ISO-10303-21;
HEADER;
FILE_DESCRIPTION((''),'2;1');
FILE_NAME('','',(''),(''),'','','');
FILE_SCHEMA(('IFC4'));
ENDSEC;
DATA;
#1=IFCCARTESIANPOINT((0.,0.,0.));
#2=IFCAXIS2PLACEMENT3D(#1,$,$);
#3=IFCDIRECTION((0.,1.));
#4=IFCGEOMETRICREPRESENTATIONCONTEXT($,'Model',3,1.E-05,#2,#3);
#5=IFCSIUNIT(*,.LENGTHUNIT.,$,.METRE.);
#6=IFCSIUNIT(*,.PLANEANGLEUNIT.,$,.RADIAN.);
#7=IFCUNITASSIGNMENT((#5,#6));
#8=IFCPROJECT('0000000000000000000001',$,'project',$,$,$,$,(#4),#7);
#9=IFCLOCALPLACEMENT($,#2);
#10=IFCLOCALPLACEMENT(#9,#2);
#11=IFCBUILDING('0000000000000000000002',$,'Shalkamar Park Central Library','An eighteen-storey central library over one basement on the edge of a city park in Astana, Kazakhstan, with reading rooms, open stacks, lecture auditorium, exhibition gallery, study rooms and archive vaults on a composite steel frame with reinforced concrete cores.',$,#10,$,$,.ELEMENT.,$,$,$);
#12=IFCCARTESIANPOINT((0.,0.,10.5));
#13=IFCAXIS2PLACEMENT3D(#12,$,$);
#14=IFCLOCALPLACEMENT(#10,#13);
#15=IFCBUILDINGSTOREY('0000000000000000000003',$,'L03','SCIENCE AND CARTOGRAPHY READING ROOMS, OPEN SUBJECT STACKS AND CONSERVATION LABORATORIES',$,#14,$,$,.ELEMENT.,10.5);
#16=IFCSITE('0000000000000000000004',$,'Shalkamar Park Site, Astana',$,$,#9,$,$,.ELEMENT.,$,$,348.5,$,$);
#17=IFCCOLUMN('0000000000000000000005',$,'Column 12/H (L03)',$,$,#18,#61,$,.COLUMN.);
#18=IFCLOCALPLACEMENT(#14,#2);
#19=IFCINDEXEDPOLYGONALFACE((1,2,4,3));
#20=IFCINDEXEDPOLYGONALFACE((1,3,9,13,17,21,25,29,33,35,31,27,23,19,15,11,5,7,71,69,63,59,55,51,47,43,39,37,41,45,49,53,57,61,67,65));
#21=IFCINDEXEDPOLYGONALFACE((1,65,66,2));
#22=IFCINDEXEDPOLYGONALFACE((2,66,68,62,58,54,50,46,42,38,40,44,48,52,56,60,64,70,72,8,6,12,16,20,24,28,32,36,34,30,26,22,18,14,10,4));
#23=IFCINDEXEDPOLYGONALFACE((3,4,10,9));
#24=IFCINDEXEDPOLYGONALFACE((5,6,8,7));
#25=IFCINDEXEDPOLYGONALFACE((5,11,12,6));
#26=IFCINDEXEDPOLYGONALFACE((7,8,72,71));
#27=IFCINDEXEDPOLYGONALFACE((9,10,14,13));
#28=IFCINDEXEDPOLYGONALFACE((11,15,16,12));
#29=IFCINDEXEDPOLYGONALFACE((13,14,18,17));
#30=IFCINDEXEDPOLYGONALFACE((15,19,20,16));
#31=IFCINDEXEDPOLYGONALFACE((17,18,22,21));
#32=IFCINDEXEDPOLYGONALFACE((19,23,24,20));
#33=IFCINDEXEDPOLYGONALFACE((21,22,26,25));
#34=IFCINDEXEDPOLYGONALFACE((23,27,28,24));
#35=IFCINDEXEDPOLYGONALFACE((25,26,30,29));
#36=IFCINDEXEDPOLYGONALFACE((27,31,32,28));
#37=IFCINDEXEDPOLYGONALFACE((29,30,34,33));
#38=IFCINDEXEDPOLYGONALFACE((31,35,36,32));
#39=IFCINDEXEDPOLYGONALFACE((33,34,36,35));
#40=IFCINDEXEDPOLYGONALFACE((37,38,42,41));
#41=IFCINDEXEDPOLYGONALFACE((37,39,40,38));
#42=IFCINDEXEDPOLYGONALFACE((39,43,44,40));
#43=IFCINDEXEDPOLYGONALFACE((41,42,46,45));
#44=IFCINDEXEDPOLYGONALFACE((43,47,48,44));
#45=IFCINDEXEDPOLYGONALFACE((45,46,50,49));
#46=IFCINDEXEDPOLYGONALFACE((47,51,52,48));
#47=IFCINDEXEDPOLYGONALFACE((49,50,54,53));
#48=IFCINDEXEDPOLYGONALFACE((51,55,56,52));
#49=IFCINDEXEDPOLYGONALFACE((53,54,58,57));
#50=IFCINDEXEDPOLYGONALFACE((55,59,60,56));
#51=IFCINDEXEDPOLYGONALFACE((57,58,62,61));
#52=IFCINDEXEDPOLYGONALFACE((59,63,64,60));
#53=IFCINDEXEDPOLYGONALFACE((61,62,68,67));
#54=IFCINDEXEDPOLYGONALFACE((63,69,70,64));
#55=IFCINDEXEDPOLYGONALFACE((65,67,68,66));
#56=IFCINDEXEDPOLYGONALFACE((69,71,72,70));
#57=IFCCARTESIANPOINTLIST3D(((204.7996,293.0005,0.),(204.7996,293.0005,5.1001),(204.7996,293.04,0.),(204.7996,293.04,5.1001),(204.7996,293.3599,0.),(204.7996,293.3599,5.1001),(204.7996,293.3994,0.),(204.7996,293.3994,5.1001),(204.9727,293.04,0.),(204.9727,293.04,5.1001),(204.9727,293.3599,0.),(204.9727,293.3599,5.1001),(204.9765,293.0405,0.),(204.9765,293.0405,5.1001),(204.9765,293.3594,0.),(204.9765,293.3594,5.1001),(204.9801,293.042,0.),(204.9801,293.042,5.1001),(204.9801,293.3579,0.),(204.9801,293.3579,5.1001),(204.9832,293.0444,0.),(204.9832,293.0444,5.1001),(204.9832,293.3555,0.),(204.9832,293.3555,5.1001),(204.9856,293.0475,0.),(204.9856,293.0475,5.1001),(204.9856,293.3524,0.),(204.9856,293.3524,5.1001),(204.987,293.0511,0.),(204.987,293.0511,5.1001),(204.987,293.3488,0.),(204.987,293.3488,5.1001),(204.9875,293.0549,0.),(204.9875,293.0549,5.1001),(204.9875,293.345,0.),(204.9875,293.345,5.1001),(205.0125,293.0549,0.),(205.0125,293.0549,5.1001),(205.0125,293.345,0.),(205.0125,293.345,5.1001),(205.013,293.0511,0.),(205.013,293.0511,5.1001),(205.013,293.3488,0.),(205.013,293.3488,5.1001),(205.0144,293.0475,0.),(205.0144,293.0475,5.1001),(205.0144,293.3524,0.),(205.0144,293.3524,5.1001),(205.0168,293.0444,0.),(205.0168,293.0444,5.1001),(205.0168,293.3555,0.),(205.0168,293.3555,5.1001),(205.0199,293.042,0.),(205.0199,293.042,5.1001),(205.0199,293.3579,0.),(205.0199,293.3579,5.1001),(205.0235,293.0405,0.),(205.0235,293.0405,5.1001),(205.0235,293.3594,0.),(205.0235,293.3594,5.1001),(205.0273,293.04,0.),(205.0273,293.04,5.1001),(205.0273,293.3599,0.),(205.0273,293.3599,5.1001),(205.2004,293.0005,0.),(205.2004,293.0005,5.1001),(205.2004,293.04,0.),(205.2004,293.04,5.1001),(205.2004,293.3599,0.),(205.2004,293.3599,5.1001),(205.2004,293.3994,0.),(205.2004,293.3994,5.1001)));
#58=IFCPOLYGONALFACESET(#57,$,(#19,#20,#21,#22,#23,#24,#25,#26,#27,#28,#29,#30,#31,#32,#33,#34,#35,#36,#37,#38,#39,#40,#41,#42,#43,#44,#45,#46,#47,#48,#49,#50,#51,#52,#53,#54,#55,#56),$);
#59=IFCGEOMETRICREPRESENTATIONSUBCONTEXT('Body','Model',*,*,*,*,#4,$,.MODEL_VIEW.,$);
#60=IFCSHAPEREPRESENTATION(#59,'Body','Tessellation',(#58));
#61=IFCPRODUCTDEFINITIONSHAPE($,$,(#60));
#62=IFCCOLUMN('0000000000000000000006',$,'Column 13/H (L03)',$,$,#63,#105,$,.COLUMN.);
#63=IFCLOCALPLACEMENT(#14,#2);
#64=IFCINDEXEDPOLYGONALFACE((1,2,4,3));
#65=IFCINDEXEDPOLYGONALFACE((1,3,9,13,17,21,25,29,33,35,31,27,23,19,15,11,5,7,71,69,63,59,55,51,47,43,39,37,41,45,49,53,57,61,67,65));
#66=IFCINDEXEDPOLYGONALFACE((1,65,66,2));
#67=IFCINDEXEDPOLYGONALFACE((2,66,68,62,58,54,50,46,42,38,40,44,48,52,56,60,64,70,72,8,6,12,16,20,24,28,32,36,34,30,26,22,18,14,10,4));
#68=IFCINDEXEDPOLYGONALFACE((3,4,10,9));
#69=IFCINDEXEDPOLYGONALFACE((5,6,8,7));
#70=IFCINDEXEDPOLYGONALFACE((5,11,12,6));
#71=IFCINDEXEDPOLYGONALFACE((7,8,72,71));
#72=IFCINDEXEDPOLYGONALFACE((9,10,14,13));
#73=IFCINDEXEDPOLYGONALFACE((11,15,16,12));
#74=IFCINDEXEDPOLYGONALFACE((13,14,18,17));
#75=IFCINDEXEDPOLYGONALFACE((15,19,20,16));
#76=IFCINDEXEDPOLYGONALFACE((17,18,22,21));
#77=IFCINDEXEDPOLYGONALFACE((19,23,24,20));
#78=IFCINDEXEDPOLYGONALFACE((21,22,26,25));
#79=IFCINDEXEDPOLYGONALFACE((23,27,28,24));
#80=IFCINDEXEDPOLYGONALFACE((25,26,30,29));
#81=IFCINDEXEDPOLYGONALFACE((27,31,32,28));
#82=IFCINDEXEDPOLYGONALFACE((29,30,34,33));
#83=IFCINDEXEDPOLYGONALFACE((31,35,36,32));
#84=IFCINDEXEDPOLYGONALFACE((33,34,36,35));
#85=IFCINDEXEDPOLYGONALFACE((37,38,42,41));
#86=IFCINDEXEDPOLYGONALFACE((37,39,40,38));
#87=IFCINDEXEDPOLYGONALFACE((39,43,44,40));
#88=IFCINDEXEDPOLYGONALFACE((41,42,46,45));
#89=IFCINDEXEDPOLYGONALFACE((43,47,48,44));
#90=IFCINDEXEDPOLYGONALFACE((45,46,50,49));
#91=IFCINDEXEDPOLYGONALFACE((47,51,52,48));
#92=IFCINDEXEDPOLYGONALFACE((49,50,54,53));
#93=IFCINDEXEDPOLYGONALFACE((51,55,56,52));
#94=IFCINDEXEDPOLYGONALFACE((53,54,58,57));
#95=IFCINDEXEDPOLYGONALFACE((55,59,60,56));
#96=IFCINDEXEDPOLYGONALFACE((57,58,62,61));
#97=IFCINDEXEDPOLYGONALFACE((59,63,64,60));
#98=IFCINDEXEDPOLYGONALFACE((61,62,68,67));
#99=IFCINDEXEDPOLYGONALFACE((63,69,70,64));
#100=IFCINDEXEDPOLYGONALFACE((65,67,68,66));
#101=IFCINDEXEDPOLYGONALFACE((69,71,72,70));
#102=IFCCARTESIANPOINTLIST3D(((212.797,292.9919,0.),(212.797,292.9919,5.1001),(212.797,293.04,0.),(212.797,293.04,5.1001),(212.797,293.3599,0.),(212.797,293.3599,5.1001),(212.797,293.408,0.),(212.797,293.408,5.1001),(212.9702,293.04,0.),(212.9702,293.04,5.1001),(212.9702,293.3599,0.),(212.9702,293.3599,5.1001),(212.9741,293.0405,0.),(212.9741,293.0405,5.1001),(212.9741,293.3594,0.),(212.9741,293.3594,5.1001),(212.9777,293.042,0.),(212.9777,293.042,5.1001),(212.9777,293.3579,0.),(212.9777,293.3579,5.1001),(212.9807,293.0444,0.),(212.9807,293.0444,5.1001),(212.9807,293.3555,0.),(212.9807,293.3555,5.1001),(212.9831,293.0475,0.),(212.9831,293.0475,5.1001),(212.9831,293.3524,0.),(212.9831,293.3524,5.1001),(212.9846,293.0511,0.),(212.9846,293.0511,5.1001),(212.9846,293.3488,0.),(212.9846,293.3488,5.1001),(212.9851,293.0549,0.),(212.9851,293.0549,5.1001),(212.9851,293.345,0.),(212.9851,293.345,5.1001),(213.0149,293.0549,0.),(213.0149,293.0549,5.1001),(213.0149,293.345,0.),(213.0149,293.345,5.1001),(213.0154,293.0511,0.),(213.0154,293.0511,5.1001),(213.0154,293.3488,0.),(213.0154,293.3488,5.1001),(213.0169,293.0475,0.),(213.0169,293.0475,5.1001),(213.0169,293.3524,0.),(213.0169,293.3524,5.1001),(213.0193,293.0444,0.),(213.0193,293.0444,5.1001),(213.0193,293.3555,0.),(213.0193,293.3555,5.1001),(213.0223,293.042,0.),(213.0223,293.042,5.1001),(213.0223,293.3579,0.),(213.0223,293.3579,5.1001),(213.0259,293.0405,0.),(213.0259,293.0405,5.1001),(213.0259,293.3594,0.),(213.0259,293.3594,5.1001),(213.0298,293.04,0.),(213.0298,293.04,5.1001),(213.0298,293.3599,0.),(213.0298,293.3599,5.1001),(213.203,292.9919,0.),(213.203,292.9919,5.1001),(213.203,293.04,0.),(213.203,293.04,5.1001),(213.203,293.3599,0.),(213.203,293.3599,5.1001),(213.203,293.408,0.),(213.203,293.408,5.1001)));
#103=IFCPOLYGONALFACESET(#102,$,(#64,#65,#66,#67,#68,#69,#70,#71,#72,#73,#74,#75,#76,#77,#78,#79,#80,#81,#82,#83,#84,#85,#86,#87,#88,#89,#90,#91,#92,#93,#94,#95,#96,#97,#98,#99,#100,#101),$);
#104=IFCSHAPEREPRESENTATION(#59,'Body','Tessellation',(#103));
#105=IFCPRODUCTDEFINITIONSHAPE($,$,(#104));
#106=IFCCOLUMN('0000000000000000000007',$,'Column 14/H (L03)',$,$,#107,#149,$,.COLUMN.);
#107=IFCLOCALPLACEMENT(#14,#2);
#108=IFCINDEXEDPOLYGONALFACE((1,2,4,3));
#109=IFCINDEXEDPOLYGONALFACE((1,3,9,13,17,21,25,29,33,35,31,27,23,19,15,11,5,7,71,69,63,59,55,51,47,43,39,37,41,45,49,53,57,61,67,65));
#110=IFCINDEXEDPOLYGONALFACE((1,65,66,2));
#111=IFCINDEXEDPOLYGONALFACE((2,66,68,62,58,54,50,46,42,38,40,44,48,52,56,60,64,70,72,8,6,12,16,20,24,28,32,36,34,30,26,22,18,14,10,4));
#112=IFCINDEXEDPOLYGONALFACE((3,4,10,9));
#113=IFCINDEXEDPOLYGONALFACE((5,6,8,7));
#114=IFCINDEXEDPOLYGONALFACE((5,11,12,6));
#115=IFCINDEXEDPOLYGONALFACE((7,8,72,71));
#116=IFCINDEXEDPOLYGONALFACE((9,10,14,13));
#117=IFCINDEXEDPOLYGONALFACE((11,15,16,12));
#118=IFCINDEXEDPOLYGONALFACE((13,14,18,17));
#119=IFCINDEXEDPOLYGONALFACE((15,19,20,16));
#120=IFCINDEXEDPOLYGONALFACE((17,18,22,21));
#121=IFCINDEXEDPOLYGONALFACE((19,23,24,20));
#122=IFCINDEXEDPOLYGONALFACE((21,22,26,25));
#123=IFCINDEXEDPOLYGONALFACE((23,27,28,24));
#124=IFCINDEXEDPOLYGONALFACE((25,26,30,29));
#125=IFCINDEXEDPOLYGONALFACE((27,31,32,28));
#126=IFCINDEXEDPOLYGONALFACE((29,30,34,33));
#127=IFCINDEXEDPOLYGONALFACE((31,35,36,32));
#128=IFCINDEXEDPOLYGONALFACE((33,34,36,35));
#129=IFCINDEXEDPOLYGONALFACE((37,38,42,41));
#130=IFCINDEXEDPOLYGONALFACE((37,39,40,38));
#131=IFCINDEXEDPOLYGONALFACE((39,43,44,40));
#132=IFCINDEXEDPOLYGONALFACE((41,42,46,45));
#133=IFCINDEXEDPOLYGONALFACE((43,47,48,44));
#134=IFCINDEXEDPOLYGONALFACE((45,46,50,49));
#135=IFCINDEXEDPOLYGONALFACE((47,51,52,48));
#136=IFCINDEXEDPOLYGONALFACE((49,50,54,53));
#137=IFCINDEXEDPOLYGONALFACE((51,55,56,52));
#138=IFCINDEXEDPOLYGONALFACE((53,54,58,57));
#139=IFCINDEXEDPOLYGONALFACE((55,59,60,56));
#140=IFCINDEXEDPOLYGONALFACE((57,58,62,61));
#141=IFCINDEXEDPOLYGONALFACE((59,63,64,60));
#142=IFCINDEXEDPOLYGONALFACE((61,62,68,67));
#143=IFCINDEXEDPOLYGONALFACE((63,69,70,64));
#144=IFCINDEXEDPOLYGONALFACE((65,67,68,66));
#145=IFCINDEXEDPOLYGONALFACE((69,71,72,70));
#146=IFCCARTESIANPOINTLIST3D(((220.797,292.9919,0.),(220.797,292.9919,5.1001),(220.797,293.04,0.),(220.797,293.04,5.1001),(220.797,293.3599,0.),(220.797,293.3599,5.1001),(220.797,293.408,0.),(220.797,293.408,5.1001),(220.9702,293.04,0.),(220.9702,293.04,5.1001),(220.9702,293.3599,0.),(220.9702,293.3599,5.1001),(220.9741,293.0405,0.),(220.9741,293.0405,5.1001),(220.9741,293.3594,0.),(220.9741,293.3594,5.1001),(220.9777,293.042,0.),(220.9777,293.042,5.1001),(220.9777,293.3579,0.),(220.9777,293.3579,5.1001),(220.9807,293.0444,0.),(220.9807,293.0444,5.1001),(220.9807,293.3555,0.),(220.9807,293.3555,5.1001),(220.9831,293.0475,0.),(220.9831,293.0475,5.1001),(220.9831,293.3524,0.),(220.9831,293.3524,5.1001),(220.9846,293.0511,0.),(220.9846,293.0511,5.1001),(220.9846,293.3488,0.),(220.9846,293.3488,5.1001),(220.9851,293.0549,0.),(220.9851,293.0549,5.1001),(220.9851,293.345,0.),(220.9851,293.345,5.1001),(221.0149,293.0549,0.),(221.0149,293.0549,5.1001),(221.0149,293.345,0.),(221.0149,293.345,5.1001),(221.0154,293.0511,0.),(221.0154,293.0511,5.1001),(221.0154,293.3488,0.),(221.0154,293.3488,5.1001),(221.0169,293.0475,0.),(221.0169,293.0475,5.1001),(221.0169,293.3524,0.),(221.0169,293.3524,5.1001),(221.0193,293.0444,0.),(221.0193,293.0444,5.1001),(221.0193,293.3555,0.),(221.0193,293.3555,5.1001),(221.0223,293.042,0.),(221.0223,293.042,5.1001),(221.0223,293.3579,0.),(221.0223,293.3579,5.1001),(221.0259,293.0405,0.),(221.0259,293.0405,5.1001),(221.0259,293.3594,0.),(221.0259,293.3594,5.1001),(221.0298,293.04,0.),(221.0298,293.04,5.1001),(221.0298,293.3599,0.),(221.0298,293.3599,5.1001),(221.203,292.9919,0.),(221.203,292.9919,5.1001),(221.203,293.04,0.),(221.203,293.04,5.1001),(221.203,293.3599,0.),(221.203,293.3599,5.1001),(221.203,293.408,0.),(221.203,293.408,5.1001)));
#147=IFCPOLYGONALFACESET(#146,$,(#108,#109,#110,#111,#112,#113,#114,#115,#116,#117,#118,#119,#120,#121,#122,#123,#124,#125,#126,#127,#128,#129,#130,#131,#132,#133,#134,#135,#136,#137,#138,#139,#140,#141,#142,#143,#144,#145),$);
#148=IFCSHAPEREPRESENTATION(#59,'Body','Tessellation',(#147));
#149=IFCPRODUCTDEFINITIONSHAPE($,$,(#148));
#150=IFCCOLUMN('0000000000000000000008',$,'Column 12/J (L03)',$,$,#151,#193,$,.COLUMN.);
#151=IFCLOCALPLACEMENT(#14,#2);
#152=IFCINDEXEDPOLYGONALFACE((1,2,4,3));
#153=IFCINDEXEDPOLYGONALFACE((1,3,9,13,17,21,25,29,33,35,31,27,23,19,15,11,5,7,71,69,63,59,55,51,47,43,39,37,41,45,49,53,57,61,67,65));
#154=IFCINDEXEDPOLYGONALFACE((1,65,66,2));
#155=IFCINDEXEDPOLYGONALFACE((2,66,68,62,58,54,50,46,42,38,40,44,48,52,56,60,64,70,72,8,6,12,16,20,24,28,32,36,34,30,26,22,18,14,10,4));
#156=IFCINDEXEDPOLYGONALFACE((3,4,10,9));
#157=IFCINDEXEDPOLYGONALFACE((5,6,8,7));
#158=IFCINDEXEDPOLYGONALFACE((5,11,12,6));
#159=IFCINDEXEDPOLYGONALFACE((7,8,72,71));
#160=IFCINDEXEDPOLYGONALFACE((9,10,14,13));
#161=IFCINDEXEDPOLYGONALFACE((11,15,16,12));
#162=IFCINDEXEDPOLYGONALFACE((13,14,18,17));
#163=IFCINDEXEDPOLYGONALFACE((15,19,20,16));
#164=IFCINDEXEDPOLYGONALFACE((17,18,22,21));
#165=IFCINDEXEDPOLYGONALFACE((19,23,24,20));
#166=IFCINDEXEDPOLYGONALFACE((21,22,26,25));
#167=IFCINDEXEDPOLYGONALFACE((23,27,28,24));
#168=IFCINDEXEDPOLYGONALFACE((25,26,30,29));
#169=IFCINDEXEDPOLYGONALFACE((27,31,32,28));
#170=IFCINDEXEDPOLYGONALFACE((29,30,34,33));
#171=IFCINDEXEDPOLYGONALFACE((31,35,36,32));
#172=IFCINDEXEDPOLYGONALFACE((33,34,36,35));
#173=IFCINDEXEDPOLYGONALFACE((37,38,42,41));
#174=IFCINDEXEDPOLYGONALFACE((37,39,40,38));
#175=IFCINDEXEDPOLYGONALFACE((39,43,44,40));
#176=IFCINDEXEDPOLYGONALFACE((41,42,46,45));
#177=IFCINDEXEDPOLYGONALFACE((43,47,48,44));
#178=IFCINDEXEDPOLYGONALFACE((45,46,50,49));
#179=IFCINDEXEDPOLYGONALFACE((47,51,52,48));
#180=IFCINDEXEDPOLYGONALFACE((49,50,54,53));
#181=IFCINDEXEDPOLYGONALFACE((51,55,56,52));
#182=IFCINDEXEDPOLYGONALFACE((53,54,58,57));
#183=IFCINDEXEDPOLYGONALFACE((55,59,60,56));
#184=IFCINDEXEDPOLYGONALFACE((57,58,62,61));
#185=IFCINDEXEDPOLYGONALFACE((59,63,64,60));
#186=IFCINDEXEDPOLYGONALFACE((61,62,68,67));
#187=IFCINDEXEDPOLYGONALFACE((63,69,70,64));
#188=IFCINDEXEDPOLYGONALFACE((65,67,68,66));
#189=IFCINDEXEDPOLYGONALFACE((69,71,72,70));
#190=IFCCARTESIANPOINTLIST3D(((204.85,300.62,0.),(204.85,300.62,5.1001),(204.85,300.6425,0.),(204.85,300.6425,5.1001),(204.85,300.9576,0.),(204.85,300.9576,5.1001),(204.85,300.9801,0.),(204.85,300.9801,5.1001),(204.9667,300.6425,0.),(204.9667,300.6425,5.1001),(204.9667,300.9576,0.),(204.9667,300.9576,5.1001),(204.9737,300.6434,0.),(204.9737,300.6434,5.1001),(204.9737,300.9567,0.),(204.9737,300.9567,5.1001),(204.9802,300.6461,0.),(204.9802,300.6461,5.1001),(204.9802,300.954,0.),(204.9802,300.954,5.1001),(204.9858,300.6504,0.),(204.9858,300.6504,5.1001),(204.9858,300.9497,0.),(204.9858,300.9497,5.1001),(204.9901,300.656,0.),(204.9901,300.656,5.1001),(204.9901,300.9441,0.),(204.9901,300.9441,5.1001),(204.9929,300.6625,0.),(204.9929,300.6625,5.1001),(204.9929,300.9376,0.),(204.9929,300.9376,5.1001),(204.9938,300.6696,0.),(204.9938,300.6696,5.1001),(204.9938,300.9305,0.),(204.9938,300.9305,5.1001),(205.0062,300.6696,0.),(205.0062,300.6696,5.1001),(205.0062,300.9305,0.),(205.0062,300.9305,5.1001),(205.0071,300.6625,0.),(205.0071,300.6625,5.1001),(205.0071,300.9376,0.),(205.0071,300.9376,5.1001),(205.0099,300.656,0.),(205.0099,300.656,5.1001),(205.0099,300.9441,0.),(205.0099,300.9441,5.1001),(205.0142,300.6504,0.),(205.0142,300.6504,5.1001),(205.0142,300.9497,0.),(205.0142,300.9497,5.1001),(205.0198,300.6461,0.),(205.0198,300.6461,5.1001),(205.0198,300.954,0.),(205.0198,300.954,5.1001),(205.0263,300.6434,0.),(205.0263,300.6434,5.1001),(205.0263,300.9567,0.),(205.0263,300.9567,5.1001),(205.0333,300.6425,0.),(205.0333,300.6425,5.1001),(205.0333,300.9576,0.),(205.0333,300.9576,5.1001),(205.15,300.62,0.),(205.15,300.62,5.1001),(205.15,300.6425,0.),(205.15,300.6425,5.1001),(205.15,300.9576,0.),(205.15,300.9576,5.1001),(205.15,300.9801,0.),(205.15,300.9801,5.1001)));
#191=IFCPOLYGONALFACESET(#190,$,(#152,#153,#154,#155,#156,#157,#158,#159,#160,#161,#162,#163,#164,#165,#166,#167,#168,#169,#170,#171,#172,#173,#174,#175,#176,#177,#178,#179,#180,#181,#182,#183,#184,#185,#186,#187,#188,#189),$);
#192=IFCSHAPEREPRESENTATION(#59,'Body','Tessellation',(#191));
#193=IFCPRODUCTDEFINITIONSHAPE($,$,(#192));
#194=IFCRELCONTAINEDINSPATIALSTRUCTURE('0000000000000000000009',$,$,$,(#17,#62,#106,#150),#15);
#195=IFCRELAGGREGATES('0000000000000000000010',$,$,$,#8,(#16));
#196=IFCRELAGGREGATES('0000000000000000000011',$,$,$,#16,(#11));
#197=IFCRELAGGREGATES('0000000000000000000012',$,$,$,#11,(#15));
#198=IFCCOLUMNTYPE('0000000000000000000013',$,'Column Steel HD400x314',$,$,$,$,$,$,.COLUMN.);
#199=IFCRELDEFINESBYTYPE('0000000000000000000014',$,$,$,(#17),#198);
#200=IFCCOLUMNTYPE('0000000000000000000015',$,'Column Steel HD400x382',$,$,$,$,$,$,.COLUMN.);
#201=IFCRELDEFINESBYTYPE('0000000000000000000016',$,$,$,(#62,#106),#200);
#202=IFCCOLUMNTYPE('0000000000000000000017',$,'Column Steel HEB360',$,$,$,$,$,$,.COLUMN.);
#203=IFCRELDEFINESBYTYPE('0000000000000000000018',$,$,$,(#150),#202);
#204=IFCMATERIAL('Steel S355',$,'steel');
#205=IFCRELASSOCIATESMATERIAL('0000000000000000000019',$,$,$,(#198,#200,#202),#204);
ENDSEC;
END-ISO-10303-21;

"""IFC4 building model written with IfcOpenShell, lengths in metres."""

from ifc_helpers import new_model, si_unit, direction, frame, origin, origin_2d, place, context, subcontext, project, spatial, i_section, extrude, material, material_profile, profile_set, type_object, element, save


model = new_model("IFC4")

# Units and contexts
model_context = context("Model", 3, precision=1e-05, world=origin(), true_north=direction((0.0, 1.0)))
body_context = subcontext(model_context, "Body", "Model", "MODEL_VIEW")
ifc_project = project(units=[si_unit("LENGTHUNIT", "METRE"), si_unit("PLANEANGLEUNIT", "RADIAN")], contexts=[model_context])

# Site, building, storey
site_placement = place(None, origin())
site = spatial("IfcSite", under=ifc_project, at=site_placement, Name="Shalkamar Park Site, Astana", CompositionType="ELEMENT", RefElevation=348.5)
building_placement = place(site_placement, origin())
building = spatial("IfcBuilding", under=site, at=building_placement, Name="Shalkamar Park Central Library", Description="An eighteen-storey central library over one basement on the edge of a city park in Astana, Kazakhstan, with reading rooms, open stacks, lecture auditorium, exhibition gallery, study rooms and archive vaults on a composite steel frame with reinforced concrete cores.", CompositionType="ELEMENT")
storey_placement = place(building_placement, frame((0.0, 0.0, 10.5)))
storey = spatial("IfcBuildingStorey", under=building, at=storey_placement, Name="L03", Description="SCIENCE AND CARTOGRAPHY READING ROOMS, OPEN SUBJECT STACKS AND CONSERVATION LABORATORIES", CompositionType="ELEMENT", Elevation=10.5)

# Columns
ifc_material_1 = material(Name="Steel S355", Category="steel")
ifc_material_profile_1 = material_profile(ifc_material_1, i_section(OverallWidth=0.4009, OverallDepth=0.3989, WebThickness=0.0249, FlangeThickness=0.0396, FilletRadius=0.0149, at=origin_2d()), Name="HD 400x314")
ifc_profile_set_1 = profile_set([ifc_material_profile_1], Name="Steel S355")
column_type_1 = type_object("IfcColumnType", Name="Column Steel HD400x314", PredefinedType="COLUMN", material=ifc_profile_set_1)
column_1_placement = place(storey_placement, frame((205.0, 293.2, 0.0), z_axis=(0.0, 0.0, 1.0), x_axis=(1.0, 0.0, 0.0)))
element("IfcColumn", 1, at=column_1_placement, inside=storey, type_object=column_type_1, Name="Column 12/H (L03)", PredefinedType="COLUMN", context=body_context, shape_type="SweptSolid", body=[
    extrude(i_section(OverallWidth=0.4009, OverallDepth=0.3989, WebThickness=0.0249, FlangeThickness=0.0396, FilletRadius=0.0149, at=origin_2d()), origin(), (0.0, 0.0, 1.0), 5.1001),
])
ifc_material_profile_2 = material_profile(ifc_material_1, i_section(OverallWidth=0.406, OverallDepth=0.416, WebThickness=0.0298, FlangeThickness=0.0481, FilletRadius=0.0149, at=origin_2d()), Name="HD 400x382")
ifc_profile_set_2 = profile_set([ifc_material_profile_2], Name="Steel S355")
column_type_2 = type_object("IfcColumnType", Name="Column Steel HD400x382", PredefinedType="COLUMN", material=ifc_profile_set_2)
for number, where, z_axis, x_axis, name in (
    (2, (213.0, 293.2, 0.0), (0.0, 0.0, 1.0), (1.0, 0.0, 0.0), "Column 13/H (L03)"),
    (3, (221.0, 293.2, 0.0), (0.0, 0.0, 1.0), (1.0, 0.0, 0.0), "Column 14/H (L03)"),
):
    element("IfcColumn", number, at=place(storey_placement, frame(where, z_axis=z_axis, x_axis=x_axis)), inside=storey, type_object=column_type_2, Name=name, PredefinedType="COLUMN", context=body_context, shape_type="SweptSolid", body=[
        extrude(i_section(OverallWidth=0.406, OverallDepth=0.416, WebThickness=0.0298, FlangeThickness=0.0481, FilletRadius=0.0149, at=origin_2d()), origin(), (0.0, 0.0, 1.0), 5.1001),
    ])
ifc_material_profile_3 = material_profile(ifc_material_1, i_section(OverallWidth=0.3, OverallDepth=0.3601, WebThickness=0.0125, FlangeThickness=0.0225, FilletRadius=0.0271, at=origin_2d()), Name="HEB 360")
ifc_profile_set_3 = profile_set([ifc_material_profile_3], Name="Steel S355")
column_type_3 = type_object("IfcColumnType", Name="Column Steel HEB360", PredefinedType="COLUMN", material=ifc_profile_set_3)
for number, where, z_axis, x_axis, name in (
    (4, (205.0, 300.8, 0.0), (0.0, 0.0, 1.0), (1.0, 0.0, 0.0), "Column 12/J (L03)"),
):
    element("IfcColumn", number, at=place(storey_placement, frame(where, z_axis=z_axis, x_axis=x_axis)), inside=storey, type_object=column_type_3, Name=name, PredefinedType="COLUMN", context=body_context, shape_type="SweptSolid", body=[
        extrude(i_section(OverallWidth=0.3, OverallDepth=0.3601, WebThickness=0.0125, FlangeThickness=0.0225, FilletRadius=0.0271, at=origin_2d()), origin(), (0.0, 0.0, 1.0), 5.1001),
    ])

save(model, "model.ifc")
